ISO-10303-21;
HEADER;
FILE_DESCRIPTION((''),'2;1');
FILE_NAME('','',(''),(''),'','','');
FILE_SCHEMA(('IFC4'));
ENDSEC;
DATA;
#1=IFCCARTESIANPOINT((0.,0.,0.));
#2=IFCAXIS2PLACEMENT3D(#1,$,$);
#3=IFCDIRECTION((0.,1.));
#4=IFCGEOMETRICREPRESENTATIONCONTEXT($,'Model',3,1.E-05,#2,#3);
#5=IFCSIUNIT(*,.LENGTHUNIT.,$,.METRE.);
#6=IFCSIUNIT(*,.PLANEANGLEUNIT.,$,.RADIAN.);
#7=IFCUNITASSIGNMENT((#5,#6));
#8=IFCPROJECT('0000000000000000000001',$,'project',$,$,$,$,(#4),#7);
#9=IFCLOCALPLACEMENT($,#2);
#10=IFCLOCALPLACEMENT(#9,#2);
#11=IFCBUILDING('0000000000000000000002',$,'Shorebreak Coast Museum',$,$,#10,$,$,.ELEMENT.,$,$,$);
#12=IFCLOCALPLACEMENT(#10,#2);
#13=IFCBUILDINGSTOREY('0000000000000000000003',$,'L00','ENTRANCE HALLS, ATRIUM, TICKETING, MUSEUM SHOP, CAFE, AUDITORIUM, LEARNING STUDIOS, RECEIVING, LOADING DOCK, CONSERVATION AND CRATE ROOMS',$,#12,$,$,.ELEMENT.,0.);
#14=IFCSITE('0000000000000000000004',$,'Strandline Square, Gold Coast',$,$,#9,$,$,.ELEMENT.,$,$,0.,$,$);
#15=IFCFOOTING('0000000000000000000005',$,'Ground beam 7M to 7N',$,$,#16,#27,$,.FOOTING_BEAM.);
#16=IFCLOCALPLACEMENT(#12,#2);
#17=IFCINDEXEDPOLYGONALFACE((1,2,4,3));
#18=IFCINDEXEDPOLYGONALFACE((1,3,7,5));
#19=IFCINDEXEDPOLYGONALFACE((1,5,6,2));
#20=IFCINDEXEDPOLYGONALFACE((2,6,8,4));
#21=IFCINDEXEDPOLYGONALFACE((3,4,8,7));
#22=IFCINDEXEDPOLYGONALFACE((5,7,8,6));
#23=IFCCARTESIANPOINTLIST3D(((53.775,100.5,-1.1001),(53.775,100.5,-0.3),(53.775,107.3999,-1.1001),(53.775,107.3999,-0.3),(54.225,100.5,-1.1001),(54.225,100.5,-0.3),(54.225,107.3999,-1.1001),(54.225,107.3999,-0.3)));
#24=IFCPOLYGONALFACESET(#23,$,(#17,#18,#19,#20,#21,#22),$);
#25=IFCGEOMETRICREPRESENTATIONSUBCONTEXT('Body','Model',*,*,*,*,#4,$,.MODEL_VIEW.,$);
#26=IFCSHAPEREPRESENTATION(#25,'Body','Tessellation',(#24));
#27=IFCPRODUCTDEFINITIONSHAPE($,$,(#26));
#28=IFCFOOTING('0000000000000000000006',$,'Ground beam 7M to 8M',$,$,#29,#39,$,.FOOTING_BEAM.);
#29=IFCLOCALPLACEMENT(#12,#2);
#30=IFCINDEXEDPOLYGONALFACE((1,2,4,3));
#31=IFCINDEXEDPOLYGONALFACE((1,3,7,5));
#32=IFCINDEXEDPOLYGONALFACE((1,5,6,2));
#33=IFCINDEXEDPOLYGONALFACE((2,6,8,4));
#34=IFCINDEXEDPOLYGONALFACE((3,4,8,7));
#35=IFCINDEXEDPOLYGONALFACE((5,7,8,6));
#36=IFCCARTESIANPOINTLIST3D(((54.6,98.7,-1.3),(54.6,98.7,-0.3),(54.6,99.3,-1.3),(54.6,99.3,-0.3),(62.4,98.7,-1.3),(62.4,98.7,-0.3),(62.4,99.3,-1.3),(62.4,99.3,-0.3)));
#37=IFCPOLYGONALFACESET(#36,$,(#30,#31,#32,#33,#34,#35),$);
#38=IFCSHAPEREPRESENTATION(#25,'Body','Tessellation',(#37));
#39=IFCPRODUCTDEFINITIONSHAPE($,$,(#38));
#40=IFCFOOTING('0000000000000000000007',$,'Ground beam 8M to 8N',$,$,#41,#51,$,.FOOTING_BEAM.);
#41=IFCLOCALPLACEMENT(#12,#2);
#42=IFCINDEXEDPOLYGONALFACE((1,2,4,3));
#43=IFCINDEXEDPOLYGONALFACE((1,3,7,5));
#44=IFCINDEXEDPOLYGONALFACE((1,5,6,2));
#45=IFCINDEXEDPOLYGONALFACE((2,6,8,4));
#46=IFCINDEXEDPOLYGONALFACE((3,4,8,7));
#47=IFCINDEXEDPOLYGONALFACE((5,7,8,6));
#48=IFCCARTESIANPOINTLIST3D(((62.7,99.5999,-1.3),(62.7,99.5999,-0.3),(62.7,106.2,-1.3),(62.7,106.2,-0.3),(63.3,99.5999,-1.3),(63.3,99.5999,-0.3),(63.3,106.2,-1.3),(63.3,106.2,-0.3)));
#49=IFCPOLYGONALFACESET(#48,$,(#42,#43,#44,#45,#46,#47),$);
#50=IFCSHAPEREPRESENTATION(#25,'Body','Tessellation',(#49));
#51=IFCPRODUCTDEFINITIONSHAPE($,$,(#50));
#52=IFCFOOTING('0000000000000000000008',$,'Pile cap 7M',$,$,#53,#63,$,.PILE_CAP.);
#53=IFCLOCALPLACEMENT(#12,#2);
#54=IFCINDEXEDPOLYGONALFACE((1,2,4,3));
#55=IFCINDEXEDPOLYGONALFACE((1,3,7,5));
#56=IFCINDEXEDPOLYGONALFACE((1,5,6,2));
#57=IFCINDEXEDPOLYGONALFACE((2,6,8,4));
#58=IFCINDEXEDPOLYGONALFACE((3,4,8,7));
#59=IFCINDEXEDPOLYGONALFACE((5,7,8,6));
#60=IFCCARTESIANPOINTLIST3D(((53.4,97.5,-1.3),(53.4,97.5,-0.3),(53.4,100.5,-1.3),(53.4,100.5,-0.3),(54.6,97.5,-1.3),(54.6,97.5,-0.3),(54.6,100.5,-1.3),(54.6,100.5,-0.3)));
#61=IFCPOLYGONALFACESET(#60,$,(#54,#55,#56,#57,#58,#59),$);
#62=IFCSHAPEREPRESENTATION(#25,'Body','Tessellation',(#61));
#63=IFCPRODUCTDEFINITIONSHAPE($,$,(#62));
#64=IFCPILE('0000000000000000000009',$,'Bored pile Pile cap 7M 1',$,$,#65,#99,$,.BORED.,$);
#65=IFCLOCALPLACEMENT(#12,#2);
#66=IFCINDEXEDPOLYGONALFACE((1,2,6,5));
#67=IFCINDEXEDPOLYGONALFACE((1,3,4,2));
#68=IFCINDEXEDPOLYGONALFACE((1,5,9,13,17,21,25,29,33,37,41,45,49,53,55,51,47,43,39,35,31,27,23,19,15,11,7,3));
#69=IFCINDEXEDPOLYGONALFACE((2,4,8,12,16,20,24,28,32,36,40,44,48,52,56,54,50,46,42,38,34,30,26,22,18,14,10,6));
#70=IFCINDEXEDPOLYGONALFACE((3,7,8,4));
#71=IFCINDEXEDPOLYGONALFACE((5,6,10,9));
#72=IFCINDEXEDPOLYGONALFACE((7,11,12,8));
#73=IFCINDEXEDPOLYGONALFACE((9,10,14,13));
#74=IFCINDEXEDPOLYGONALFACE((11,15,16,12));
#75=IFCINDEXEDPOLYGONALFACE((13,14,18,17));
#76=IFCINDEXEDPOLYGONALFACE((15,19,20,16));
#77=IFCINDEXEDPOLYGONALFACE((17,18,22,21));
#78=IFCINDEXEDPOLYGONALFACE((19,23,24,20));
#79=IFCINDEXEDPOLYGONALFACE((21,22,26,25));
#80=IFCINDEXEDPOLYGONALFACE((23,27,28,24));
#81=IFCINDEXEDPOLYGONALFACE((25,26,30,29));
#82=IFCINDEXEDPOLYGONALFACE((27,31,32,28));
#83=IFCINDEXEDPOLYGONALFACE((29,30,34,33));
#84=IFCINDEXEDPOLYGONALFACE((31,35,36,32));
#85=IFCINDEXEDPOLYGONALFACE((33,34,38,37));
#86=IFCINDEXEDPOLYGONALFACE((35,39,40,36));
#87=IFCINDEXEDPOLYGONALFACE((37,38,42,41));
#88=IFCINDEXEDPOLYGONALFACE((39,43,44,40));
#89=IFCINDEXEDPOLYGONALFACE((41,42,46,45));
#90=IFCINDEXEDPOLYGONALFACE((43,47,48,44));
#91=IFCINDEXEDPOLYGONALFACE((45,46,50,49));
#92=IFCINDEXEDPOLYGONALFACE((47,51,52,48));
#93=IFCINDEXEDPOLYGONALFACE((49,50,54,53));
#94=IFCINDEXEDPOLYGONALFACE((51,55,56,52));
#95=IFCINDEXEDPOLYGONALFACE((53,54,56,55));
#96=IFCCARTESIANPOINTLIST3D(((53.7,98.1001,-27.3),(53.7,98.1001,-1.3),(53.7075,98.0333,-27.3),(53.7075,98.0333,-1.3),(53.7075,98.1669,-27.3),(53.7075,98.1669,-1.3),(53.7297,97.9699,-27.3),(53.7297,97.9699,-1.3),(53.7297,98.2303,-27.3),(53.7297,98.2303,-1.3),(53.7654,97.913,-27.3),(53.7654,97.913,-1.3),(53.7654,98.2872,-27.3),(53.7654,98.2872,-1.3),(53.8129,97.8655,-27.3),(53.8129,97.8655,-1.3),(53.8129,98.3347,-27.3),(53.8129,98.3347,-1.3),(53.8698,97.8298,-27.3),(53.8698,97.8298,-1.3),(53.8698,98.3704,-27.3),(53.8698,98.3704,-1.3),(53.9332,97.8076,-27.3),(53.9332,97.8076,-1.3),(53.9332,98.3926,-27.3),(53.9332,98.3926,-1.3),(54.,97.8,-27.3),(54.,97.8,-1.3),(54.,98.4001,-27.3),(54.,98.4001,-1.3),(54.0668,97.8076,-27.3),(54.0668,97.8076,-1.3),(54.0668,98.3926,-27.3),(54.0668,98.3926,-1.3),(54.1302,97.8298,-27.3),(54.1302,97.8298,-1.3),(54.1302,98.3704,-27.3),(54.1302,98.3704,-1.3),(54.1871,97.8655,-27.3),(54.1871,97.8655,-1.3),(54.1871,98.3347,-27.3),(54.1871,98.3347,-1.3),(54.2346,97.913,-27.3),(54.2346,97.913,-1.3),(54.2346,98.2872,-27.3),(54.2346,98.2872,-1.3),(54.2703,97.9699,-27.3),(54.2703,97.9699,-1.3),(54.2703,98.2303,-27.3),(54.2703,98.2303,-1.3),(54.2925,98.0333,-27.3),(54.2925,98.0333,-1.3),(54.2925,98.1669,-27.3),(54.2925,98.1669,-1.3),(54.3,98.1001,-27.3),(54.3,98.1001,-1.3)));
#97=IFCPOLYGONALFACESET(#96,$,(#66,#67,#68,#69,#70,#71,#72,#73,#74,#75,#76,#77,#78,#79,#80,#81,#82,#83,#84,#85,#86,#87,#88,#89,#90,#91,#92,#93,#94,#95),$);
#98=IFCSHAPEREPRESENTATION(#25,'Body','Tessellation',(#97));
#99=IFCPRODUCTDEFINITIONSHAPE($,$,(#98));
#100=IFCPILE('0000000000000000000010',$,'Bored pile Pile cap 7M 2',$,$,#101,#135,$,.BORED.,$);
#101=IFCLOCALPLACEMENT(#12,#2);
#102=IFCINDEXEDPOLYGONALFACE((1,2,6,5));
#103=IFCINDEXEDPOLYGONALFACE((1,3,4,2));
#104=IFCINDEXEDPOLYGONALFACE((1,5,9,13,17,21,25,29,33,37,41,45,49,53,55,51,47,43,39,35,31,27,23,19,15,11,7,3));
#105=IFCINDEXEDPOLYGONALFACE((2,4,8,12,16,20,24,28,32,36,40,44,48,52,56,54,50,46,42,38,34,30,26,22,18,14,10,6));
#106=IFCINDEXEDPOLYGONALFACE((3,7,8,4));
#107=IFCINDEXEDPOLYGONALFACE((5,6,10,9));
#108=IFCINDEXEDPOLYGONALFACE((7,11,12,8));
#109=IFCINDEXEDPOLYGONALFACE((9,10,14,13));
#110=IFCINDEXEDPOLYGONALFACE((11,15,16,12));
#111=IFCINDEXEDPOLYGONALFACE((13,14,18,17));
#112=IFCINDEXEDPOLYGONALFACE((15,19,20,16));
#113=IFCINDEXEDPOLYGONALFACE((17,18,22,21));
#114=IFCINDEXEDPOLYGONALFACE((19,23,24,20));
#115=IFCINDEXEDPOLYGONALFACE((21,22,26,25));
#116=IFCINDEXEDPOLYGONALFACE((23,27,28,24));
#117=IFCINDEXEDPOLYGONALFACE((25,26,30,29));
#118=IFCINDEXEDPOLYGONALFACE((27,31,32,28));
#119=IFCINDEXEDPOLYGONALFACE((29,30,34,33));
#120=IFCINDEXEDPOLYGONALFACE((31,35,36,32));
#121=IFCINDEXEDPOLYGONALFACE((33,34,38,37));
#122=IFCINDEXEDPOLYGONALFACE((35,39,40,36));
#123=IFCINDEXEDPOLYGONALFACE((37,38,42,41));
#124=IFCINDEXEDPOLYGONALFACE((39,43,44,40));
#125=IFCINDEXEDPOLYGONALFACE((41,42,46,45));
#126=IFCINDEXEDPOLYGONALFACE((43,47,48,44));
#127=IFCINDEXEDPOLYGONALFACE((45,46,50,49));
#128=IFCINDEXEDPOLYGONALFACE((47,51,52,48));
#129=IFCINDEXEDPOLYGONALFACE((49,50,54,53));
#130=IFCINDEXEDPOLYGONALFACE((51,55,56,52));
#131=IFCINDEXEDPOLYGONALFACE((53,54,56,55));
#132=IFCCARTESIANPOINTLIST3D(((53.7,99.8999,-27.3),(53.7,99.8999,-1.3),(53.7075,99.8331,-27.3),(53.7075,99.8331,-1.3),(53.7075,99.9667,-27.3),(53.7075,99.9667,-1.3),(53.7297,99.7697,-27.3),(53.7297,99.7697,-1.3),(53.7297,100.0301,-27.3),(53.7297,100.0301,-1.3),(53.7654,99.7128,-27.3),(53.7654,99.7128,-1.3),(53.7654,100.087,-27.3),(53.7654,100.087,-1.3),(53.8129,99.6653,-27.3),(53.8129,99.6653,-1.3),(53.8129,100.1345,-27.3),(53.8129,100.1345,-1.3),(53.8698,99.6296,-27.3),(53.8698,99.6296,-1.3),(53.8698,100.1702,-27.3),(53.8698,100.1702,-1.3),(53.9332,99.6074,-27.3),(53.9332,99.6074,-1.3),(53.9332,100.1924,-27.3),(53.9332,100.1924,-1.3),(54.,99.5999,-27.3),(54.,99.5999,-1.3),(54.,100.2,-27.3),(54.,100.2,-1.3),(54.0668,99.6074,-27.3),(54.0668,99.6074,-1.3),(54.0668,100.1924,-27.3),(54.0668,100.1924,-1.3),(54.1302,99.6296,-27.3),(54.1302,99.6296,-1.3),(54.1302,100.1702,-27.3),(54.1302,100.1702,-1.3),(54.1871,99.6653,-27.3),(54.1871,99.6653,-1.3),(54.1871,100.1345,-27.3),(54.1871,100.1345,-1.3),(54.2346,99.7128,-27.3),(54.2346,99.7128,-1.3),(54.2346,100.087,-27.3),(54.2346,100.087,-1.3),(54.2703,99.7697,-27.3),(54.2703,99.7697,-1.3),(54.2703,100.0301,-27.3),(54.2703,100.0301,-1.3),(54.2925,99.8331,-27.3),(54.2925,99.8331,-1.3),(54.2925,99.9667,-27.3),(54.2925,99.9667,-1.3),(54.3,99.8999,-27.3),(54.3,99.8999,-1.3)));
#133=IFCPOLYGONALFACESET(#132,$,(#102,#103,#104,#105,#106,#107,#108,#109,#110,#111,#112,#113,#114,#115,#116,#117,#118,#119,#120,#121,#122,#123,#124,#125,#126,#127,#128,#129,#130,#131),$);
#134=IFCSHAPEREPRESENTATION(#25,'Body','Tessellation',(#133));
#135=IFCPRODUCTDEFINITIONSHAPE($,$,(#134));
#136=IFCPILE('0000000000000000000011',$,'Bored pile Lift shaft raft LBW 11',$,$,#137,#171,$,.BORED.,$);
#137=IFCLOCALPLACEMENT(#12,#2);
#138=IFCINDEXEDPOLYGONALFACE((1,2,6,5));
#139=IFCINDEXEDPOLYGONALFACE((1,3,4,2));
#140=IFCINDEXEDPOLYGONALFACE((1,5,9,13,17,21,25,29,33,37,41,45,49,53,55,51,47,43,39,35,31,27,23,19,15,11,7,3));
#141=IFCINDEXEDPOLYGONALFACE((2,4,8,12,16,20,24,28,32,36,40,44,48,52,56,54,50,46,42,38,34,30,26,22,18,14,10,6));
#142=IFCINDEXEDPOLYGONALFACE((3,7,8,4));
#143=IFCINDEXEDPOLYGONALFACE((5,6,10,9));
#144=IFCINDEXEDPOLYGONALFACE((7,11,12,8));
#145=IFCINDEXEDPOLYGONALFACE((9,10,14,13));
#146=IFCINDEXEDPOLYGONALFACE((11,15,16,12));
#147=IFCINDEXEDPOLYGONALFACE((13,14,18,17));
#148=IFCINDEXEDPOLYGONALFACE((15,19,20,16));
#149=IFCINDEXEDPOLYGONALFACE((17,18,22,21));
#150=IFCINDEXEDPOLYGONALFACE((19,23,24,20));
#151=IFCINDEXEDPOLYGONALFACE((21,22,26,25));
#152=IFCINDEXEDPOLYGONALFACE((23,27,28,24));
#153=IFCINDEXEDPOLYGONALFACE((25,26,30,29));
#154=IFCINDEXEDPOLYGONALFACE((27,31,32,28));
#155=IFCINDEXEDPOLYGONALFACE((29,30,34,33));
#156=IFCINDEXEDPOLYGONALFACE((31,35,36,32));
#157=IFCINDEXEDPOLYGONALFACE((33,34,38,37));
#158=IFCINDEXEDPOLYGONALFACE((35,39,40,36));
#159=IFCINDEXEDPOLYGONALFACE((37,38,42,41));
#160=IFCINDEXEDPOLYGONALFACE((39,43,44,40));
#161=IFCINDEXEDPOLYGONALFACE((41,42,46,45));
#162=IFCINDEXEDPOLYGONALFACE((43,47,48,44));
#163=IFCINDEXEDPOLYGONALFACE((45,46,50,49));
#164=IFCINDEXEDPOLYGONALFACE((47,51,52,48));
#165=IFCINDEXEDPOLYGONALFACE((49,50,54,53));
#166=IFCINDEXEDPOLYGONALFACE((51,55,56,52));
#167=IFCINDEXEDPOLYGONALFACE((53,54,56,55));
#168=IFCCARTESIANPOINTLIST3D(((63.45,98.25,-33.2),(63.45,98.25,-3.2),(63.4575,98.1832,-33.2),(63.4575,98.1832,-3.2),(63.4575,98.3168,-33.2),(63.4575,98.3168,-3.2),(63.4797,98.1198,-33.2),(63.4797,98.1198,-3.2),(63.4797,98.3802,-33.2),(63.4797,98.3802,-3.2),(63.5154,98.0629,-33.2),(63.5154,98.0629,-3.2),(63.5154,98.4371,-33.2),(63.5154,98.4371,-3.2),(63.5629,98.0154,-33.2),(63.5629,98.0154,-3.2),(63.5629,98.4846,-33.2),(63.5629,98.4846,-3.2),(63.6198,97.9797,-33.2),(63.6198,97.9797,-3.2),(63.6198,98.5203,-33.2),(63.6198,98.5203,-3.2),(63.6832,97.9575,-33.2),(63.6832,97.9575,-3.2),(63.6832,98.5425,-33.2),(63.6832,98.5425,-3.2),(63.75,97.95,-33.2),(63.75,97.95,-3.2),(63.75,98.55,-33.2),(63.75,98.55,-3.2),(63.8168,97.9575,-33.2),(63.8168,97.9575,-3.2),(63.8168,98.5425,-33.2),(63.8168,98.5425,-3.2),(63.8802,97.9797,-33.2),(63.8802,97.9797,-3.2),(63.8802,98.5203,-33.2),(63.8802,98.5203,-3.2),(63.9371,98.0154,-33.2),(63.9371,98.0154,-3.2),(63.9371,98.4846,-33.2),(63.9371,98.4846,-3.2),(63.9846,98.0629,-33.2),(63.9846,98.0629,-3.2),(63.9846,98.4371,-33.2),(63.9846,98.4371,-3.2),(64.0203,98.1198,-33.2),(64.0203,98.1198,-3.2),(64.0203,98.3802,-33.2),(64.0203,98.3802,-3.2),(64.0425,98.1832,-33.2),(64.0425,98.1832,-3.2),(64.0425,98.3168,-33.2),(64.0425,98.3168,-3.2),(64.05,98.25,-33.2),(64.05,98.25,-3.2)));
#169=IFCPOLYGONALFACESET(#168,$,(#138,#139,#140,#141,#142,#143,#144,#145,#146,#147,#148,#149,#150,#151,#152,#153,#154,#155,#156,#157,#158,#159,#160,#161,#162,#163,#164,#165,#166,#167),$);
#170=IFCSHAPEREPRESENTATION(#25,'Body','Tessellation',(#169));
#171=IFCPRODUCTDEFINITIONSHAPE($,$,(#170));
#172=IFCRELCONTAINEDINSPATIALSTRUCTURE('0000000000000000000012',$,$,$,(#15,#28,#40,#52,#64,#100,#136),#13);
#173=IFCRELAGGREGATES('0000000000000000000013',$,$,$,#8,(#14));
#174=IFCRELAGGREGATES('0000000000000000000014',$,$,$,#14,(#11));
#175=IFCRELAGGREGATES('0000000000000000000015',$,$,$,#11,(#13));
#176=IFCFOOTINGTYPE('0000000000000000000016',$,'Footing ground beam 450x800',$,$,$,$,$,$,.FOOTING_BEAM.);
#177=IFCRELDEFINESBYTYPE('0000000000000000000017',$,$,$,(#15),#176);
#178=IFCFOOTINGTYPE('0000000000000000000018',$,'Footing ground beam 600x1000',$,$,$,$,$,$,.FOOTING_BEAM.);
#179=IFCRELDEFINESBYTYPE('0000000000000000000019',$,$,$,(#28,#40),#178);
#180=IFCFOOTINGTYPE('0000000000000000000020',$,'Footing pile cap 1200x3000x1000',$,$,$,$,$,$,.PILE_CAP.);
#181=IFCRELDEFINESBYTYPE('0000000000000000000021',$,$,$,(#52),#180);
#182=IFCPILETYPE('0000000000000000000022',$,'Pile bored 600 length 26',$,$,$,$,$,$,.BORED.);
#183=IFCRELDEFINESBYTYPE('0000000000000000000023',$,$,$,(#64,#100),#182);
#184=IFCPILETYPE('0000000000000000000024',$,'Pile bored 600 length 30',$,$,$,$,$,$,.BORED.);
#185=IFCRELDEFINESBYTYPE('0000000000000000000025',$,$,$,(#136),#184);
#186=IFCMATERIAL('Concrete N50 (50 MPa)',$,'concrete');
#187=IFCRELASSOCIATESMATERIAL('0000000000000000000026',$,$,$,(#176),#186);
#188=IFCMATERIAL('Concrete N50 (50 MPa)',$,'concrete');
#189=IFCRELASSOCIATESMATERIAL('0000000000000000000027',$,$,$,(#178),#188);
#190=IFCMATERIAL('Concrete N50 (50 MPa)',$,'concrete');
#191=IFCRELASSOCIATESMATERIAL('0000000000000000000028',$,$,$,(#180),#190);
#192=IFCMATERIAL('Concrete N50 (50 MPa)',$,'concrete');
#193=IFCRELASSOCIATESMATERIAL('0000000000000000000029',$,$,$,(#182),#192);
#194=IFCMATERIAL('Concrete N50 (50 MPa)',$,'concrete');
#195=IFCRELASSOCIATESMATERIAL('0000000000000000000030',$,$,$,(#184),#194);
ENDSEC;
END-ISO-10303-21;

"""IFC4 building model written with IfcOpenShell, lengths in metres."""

from ifc_helpers import new_model, si_unit, direction, frame, origin, origin_2d, place, context, subcontext, project, spatial, rectangle, circle, extrude, material, material_profile, profile_set, type_object, element, save


model = new_model("IFC4")

# Units and contexts
model_context = context("Model", 3, precision=1e-05, world=origin(), true_north=direction((0.0, 1.0)))
body_context = subcontext(model_context, "Body", "Model", "MODEL_VIEW")
ifc_project = project(units=[si_unit("LENGTHUNIT", "METRE"), si_unit("PLANEANGLEUNIT", "RADIAN")], contexts=[model_context])

# Site, building, storey
site_placement = place(None, origin())
site = spatial("IfcSite", under=ifc_project, at=site_placement, Name="Strandline Square, Gold Coast", CompositionType="ELEMENT", RefElevation=0.0)
building_placement = place(site_placement, origin())
building = spatial("IfcBuilding", under=site, at=building_placement, Name="Shorebreak Coast Museum", CompositionType="ELEMENT")
storey_placement = place(building_placement, origin())
storey = spatial("IfcBuildingStorey", under=building, at=storey_placement, Name="L00", Description="ENTRANCE HALLS, ATRIUM, TICKETING, MUSEUM SHOP, CAFE, AUDITORIUM, LEARNING STUDIOS, RECEIVING, LOADING DOCK, CONSERVATION AND CRATE ROOMS", CompositionType="ELEMENT", Elevation=0.0)

# Footings
ifc_material_1 = material(Name="Concrete N50 (50 MPa)", Category="concrete")
footing_type_1 = type_object("IfcFootingType", Name="Footing ground beam 450x800", PredefinedType="FOOTING_BEAM", material=ifc_material_1)
footing_1_placement = place(storey_placement, frame((54.0, 103.95, -1.1001), z_axis=(0.0, 0.0, 1.0), x_axis=(1.0, 0.0, 0.0)))
element("IfcFooting", 1, at=footing_1_placement, inside=storey, type_object=footing_type_1, Name="Ground beam 7M to 7N", PredefinedType="FOOTING_BEAM", context=body_context, shape_type="SweptSolid", body=[
    extrude(rectangle(XDim=0.45, YDim=6.8999, at=origin_2d()), origin(), (0.0, 0.0, 1.0), 0.8),
])
ifc_material_2 = material(Name="Concrete N50 (50 MPa)", Category="concrete")
footing_type_2 = type_object("IfcFootingType", Name="Footing ground beam 600x1000", PredefinedType="FOOTING_BEAM", material=ifc_material_2)
footing_2_placement = place(storey_placement, frame((58.5, 99.0, -1.3), z_axis=(0.0, 0.0, 1.0), x_axis=(1.0, 0.0, 0.0)))
element("IfcFooting", 2, at=footing_2_placement, inside=storey, type_object=footing_type_2, Name="Ground beam 7M to 8M", PredefinedType="FOOTING_BEAM", context=body_context, shape_type="SweptSolid", body=[
    extrude(rectangle(XDim=7.8, YDim=0.6001, at=origin_2d()), origin(), (0.0, 0.0, 1.0), 1.0),
])
footing_3_placement = place(storey_placement, frame((63.0, 102.8999, -1.3), z_axis=(0.0, 0.0, 1.0), x_axis=(1.0, 0.0, 0.0)))
element("IfcFooting", 3, at=footing_3_placement, inside=storey, type_object=footing_type_2, Name="Ground beam 8M to 8N", PredefinedType="FOOTING_BEAM", context=body_context, shape_type="SweptSolid", body=[
    extrude(rectangle(XDim=0.6001, YDim=6.6001, at=origin_2d()), origin(), (0.0, 0.0, 1.0), 1.0),
])
ifc_material_3 = material(Name="Concrete N50 (50 MPa)", Category="concrete")
footing_type_3 = type_object("IfcFootingType", Name="Footing pile cap 1200x3000x1000", PredefinedType="PILE_CAP", material=ifc_material_3)
footing_4_placement = place(storey_placement, frame((54.0, 99.0, -1.3), z_axis=(0.0, 0.0, 1.0), x_axis=(1.0, 0.0, 0.0)))
element("IfcFooting", 4, at=footing_4_placement, inside=storey, type_object=footing_type_3, Name="Pile cap 7M", PredefinedType="PILE_CAP", context=body_context, shape_type="SweptSolid", body=[
    extrude(rectangle(XDim=1.2, YDim=3.0, at=origin_2d()), origin(), (0.0, 0.0, 1.0), 1.0),
])

# Piles
ifc_material_4 = material(Name="Concrete N50 (50 MPa)", Category="concrete")
ifc_material_profile_1 = material_profile(ifc_material_4, circle(Radius=0.3, at=origin_2d()), Name="Pile bored 600 length 26")
ifc_profile_set_1 = profile_set([ifc_material_profile_1], Name="Concrete N50 (50 MPa)")
pile_type_1 = type_object("IfcPileType", Name="Pile bored 600 length 26", PredefinedType="BORED", material=ifc_profile_set_1)
for number, where, z_axis, x_axis, name in (
    (5, (54.0, 98.1001, -1.3), (0.0, 0.0, -1.0), (1.0, 0.0, 0.0), "Bored pile Pile cap 7M 1"),
    (6, (54.0, 99.8999, -1.3), (0.0, 0.0, -1.0), (1.0, 0.0, 0.0), "Bored pile Pile cap 7M 2"),
):
    element("IfcPile", number, at=place(storey_placement, frame(where, z_axis=z_axis, x_axis=x_axis)), inside=storey, type_object=pile_type_1, Name=name, PredefinedType="BORED", context=body_context, shape_type="SweptSolid", body=[
        extrude(circle(Radius=0.3, at=origin_2d()), origin(), (0.0, 0.0, 1.0), 26.0),
    ])
ifc_material_5 = material(Name="Concrete N50 (50 MPa)", Category="concrete")
ifc_material_profile_2 = material_profile(ifc_material_5, circle(Radius=0.3, at=origin_2d()), Name="Pile bored 600 length 30")
ifc_profile_set_2 = profile_set([ifc_material_profile_2], Name="Concrete N50 (50 MPa)")
pile_type_2 = type_object("IfcPileType", Name="Pile bored 600 length 30", PredefinedType="BORED", material=ifc_profile_set_2)
pile_1_placement = place(storey_placement, frame((63.75, 98.25, -3.2), z_axis=(0.0, 0.0, -1.0), x_axis=(1.0, 0.0, 0.0)))
element("IfcPile", 7, at=pile_1_placement, inside=storey, type_object=pile_type_2, Name="Bored pile Lift shaft raft LBW 11", PredefinedType="BORED", context=body_context, shape_type="SweptSolid", body=[
    extrude(circle(Radius=0.3, at=origin_2d()), origin(), (0.0, 0.0, 1.0), 30.0),
])

save(model, "model.ifc")
